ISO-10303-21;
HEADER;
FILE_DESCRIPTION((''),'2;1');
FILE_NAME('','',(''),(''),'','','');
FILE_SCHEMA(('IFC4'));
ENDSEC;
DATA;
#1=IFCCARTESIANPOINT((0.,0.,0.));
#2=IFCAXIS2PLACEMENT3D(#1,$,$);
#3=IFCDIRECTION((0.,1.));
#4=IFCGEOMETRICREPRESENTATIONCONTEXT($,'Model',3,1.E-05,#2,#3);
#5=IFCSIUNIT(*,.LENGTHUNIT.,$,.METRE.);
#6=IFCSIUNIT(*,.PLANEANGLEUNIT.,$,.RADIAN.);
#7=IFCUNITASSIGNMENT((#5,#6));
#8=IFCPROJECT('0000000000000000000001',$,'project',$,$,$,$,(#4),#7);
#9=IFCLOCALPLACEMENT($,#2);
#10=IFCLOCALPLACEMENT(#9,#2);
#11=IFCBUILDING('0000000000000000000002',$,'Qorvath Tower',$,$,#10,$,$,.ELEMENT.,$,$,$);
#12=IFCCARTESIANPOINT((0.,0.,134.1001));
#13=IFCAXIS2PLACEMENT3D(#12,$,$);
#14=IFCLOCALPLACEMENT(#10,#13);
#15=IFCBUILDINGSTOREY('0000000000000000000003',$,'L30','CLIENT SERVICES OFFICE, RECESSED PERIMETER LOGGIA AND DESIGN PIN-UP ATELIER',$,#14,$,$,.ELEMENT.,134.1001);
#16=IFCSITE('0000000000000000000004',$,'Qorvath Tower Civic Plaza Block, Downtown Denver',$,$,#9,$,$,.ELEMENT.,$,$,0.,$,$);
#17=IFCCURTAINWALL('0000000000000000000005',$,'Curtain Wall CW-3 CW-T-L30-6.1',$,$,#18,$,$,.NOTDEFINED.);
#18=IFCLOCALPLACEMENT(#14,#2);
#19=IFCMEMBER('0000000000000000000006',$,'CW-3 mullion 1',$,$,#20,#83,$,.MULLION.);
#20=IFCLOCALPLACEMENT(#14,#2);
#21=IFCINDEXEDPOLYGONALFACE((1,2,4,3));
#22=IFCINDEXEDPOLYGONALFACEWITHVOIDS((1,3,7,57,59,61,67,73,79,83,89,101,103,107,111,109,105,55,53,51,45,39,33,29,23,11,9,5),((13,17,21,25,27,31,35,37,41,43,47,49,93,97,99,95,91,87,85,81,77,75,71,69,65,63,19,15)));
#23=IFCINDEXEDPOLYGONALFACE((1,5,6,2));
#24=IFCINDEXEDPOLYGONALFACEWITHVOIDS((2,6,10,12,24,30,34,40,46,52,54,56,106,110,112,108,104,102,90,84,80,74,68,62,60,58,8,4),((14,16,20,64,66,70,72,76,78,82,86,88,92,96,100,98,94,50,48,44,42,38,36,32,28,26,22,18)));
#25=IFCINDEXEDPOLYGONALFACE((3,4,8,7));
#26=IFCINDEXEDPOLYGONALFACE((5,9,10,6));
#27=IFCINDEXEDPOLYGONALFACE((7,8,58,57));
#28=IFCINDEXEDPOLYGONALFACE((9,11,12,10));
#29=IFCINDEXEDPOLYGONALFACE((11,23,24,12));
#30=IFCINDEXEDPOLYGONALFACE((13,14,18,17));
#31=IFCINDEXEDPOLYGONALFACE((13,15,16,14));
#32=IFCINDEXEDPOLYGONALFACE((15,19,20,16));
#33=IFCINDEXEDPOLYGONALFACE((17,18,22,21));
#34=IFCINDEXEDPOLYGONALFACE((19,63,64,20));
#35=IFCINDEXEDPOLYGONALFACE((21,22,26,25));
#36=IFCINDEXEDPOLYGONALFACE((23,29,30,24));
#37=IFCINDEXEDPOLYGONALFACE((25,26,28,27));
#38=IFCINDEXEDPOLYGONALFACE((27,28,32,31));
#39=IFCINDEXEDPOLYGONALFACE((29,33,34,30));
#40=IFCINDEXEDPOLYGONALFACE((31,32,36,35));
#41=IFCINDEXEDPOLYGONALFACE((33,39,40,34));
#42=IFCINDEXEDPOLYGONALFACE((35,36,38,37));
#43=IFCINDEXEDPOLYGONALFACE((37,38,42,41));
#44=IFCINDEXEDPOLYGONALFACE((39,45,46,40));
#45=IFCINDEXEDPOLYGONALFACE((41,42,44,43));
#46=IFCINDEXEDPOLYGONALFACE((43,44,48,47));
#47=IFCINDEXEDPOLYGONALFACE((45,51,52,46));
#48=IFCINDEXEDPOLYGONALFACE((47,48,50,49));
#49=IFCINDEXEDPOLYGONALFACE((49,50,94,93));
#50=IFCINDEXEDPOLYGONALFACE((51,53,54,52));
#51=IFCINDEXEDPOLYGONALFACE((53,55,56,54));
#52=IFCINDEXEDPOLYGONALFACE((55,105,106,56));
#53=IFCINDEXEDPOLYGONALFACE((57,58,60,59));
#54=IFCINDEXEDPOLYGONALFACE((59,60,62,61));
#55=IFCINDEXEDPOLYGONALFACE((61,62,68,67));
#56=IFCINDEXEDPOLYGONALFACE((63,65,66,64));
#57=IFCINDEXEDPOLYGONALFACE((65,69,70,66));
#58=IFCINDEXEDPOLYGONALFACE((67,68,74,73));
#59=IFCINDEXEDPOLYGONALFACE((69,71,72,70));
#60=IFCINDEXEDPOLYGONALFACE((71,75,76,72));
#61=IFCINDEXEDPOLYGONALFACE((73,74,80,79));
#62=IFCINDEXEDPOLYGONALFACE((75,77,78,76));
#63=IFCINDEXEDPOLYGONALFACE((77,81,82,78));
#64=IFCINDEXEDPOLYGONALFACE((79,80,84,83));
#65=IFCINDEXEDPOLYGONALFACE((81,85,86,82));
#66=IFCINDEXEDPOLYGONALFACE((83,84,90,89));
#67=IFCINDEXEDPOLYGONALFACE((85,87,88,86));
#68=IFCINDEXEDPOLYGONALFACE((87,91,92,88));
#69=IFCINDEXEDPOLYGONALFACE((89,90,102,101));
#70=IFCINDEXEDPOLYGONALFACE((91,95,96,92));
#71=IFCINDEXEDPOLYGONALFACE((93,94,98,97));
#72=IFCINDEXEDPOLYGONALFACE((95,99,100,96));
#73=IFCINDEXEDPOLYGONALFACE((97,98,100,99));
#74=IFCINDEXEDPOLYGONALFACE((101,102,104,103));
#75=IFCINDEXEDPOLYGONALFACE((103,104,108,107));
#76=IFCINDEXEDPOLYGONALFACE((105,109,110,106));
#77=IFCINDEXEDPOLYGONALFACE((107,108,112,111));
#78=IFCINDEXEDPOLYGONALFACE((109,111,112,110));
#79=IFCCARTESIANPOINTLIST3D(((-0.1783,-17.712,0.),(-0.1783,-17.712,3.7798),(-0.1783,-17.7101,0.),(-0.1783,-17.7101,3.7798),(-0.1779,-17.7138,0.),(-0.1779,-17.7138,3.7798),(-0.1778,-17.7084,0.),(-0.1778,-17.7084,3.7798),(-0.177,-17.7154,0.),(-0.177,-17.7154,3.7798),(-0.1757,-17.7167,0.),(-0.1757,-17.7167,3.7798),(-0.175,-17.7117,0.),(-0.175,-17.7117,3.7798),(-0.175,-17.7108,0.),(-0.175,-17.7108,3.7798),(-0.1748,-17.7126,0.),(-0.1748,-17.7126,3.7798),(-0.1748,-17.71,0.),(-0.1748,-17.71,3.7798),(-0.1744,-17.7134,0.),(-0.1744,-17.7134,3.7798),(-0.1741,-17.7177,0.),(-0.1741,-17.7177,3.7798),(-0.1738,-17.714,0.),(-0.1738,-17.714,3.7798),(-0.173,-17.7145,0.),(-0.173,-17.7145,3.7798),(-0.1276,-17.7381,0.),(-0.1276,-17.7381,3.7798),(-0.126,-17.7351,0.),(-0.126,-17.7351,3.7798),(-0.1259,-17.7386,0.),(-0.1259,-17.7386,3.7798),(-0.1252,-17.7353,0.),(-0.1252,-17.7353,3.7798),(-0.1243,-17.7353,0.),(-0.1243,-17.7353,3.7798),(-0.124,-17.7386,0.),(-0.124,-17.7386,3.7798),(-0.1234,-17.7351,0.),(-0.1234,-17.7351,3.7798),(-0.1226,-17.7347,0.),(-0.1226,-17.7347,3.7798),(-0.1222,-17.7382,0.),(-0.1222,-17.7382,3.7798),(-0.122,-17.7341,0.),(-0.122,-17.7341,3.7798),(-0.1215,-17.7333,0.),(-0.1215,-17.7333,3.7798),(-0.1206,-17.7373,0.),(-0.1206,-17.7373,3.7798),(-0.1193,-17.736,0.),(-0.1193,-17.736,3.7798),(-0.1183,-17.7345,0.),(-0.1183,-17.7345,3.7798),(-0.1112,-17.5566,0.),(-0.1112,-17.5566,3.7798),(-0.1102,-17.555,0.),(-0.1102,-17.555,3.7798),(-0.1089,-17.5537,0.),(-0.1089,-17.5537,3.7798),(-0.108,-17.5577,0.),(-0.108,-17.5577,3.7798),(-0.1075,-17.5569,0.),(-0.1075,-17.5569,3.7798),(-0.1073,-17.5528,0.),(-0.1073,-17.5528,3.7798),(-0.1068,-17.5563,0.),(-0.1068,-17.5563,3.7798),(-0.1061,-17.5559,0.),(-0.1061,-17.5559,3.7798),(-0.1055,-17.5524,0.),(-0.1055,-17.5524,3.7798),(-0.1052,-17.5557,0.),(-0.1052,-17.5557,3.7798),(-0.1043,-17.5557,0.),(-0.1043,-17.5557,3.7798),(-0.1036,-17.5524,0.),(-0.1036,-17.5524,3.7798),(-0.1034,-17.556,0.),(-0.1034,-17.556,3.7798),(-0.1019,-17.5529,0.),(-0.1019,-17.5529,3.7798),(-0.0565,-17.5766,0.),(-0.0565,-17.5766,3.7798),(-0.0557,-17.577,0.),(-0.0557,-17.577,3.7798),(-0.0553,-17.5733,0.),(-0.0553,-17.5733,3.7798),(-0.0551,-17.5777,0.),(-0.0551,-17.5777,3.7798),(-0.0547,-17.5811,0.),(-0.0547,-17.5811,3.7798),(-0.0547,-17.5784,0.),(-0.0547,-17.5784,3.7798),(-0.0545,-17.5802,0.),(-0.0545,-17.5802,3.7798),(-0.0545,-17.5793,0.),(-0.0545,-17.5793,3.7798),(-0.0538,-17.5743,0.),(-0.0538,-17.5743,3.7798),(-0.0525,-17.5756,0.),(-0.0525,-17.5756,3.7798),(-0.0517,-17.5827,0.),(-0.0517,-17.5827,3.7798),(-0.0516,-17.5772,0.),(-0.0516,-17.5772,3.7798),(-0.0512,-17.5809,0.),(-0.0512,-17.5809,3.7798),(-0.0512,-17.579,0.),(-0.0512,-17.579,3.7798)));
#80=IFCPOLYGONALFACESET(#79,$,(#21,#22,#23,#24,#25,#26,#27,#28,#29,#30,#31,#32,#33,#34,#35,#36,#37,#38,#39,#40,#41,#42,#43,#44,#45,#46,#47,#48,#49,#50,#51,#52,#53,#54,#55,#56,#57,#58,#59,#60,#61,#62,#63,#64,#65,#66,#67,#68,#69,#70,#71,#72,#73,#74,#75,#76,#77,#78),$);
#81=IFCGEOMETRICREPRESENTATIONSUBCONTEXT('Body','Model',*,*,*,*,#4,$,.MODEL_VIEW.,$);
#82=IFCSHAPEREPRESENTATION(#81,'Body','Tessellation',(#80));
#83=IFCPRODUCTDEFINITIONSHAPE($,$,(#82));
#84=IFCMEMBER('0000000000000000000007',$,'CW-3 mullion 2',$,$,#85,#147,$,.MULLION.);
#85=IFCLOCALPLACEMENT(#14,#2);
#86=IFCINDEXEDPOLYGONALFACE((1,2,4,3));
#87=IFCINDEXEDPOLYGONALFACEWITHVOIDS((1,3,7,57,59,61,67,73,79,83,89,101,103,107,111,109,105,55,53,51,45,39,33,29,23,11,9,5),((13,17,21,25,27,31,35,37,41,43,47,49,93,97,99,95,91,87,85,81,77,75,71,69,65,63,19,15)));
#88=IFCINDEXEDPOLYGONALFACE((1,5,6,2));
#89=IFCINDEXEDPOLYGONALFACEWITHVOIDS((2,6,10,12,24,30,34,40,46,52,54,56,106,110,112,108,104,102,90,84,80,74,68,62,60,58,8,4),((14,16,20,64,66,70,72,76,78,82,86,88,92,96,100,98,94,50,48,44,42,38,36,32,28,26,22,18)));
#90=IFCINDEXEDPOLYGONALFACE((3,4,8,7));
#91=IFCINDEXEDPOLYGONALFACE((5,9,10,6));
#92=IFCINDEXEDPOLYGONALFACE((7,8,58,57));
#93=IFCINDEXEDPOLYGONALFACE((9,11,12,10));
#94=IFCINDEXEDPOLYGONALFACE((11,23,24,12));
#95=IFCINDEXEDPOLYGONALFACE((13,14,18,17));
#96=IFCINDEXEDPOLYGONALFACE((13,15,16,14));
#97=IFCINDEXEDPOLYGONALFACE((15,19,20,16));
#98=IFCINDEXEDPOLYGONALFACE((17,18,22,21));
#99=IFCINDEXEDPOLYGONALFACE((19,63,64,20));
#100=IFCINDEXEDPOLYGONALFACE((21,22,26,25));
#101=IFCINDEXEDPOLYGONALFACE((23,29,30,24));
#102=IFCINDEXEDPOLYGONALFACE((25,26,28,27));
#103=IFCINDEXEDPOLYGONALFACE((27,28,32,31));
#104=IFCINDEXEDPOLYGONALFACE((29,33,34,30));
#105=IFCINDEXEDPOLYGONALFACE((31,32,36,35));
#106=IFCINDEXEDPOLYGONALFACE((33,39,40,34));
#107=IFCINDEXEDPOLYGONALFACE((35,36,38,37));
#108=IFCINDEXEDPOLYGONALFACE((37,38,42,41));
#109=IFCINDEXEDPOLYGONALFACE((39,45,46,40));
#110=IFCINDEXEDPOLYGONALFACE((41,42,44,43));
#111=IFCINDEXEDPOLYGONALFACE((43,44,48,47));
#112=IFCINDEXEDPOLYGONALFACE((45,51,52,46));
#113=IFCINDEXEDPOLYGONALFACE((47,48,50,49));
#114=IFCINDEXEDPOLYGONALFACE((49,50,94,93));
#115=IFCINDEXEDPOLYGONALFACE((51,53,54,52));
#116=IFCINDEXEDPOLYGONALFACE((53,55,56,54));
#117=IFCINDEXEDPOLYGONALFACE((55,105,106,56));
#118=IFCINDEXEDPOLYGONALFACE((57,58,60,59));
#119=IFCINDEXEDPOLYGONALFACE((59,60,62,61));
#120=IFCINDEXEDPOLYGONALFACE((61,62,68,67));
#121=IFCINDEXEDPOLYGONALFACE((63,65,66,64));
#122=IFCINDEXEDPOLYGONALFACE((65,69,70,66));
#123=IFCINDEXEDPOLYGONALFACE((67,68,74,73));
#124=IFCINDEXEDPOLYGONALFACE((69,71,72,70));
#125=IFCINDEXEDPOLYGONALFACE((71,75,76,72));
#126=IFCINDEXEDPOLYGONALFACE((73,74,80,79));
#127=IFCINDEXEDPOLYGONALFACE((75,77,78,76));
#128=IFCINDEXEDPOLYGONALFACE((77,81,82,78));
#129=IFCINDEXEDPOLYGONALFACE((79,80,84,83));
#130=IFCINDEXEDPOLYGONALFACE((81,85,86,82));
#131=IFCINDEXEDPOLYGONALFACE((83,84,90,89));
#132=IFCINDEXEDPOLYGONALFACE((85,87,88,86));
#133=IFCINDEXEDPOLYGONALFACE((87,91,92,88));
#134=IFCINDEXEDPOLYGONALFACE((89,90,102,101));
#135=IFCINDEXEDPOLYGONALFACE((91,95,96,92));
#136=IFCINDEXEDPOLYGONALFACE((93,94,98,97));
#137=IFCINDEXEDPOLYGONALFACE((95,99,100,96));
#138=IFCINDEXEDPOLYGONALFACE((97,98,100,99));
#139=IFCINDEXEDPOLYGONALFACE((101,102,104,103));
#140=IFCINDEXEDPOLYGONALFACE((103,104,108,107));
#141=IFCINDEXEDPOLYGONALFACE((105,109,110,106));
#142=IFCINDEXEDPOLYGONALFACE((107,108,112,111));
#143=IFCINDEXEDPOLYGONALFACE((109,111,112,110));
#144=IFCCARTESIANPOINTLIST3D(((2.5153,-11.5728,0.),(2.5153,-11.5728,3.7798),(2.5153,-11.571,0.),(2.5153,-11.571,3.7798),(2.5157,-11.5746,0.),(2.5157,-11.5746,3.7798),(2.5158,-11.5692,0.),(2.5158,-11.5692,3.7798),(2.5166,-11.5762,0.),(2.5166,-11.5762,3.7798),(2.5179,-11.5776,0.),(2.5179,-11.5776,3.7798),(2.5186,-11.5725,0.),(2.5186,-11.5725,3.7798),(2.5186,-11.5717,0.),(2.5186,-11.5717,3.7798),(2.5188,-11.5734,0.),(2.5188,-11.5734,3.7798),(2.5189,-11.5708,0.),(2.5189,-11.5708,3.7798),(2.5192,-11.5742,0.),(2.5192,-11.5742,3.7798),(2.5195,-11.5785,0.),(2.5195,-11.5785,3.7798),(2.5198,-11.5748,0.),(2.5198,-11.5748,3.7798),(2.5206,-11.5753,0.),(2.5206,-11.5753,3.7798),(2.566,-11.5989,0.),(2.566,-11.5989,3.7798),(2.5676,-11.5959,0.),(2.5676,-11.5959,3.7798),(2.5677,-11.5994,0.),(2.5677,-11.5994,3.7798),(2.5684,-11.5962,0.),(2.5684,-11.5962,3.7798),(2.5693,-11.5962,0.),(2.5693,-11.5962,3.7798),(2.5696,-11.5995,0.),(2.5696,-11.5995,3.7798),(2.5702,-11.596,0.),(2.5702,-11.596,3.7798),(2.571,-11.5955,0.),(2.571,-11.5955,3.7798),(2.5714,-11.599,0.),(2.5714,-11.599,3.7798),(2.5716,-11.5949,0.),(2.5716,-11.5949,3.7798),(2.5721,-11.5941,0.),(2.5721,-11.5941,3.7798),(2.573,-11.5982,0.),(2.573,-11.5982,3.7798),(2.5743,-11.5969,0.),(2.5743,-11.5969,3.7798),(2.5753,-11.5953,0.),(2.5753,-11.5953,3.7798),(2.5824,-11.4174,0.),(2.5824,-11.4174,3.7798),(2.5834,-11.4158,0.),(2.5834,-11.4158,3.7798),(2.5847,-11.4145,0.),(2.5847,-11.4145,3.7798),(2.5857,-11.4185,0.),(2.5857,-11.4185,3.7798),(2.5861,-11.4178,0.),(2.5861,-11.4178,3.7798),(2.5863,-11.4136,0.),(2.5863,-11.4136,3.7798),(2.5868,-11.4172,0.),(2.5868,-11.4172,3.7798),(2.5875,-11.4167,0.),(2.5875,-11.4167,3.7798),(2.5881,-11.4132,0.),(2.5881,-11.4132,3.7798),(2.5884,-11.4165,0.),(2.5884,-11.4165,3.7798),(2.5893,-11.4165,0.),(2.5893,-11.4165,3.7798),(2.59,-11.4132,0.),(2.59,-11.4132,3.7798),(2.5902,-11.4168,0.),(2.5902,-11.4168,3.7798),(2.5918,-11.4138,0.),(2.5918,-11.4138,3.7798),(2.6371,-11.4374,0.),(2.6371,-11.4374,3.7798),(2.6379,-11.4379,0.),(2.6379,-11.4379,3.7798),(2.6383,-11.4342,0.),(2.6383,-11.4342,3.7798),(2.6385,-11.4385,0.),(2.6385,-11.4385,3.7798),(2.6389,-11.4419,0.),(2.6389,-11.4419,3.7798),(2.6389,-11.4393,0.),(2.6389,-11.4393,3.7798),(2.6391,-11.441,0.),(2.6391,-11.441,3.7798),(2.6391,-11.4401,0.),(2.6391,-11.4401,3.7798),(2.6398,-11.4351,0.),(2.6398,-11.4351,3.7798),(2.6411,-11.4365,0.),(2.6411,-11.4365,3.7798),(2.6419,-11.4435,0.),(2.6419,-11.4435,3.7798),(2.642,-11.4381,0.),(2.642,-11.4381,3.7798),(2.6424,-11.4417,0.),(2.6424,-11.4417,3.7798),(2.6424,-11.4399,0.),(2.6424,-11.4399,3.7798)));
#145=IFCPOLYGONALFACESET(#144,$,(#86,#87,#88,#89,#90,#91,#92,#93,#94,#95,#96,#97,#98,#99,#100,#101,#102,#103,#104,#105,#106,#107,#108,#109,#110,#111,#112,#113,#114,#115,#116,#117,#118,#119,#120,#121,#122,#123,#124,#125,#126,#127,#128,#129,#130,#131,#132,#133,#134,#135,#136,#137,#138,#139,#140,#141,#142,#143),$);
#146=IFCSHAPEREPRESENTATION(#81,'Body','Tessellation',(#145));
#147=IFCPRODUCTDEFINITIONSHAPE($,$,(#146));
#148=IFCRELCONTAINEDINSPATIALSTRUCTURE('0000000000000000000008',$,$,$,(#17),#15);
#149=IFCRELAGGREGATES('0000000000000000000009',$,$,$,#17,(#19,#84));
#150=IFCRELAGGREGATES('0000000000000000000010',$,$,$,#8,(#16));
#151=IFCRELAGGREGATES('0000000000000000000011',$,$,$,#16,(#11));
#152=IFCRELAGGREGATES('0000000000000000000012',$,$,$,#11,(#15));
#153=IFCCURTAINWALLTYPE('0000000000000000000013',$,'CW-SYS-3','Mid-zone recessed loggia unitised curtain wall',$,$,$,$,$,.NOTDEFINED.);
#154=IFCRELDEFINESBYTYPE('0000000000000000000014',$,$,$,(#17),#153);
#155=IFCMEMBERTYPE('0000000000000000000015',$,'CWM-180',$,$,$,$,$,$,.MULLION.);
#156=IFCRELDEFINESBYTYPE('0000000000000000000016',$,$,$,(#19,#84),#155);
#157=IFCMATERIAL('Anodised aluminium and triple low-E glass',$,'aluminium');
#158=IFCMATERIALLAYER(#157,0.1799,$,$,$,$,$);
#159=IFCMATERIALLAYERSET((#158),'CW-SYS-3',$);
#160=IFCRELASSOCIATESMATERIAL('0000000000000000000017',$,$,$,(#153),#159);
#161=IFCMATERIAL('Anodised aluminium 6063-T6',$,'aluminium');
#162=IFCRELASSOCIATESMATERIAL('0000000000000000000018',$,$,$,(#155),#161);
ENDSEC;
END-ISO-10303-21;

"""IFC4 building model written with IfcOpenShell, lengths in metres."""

from ifc_helpers import new_model, si_unit, direction, frame, origin, origin_2d, place, context, subcontext, project, spatial, hollow_rectangle, extrude, material, layer, layer_set, material_profile, profile_set, type_object, element, aggregate, save


model = new_model("IFC4")

# Units and contexts
model_context = context("Model", 3, precision=1e-05, world=origin(), true_north=direction((0.0, 1.0)))
body_context = subcontext(model_context, "Body", "Model", "MODEL_VIEW")
ifc_project = project(units=[si_unit("LENGTHUNIT", "METRE"), si_unit("PLANEANGLEUNIT", "RADIAN")], contexts=[model_context])

# Site, building, storey
site_placement = place(None, origin())
site = spatial("IfcSite", under=ifc_project, at=site_placement, Name="Qorvath Tower Civic Plaza Block, Downtown Denver", CompositionType="ELEMENT", RefElevation=0.0)
building_placement = place(site_placement, origin())
building = spatial("IfcBuilding", under=site, at=building_placement, Name="Qorvath Tower", CompositionType="ELEMENT")
storey_placement = place(building_placement, frame((0.0, 0.0, 134.1001)))
storey = spatial("IfcBuildingStorey", under=building, at=storey_placement, Name="L30", Description="CLIENT SERVICES OFFICE, RECESSED PERIMETER LOGGIA AND DESIGN PIN-UP ATELIER", CompositionType="ELEMENT", Elevation=134.1001)

# Curtain wall, members
ifc_material_1 = material(Name="Anodised aluminium and triple low-E glass", Category="aluminium")
ifc_layer_1 = layer(ifc_material_1, 0.1799)
ifc_layer_set_1 = layer_set([ifc_layer_1], Name="CW-SYS-3")
curtain_wall_type = type_object("IfcCurtainWallType", Name="CW-SYS-3", Description="Mid-zone recessed loggia unitised curtain wall", PredefinedType="NOTDEFINED", material=ifc_layer_set_1)
ifc_material_2 = material(Name="Anodised aluminium 6063-T6", Category="aluminium")
ifc_material_profile_1 = material_profile(ifc_material_2, hollow_rectangle(XDim=0.0649, YDim=0.1799, WallThickness=0.0034, InnerFilletRadius=0.0034, OuterFilletRadius=0.0071, at=origin_2d()), Name="CWM 180x65")
ifc_profile_set_1 = profile_set([ifc_material_profile_1], Name="Anodised aluminium 6063-T6")
member_type_1 = type_object("IfcMemberType", Name="CWM-180", PredefinedType="MULLION", material=ifc_profile_set_1)
curtain_wall_1_placement = place(storey_placement, origin())
curtain_wall_1 = element("IfcCurtainWall", 1, at=curtain_wall_1_placement, inside=storey, type_object=curtain_wall_type, Name="Curtain Wall CW-3 CW-T-L30-6.1", PredefinedType="NOTDEFINED")
member_1_placement = place(storey_placement, frame((-0.1147, -17.6455, 0.0), z_axis=(0.0, 0.0, 1.0), x_axis=(-0.915735, 0.401782, 0.0)))
member_1 = element("IfcMember", 2, at=member_1_placement, type_object=member_type_1, Name="CW-3 mullion 1", PredefinedType="MULLION", context=body_context, shape_type="SweptSolid", body=[
    extrude(hollow_rectangle(XDim=0.0649, YDim=0.1799, WallThickness=0.0034, InnerFilletRadius=0.0034, OuterFilletRadius=0.0071, at=origin_2d()), origin(), (0.0, 0.0, 1.0), 3.7798),
])
member_2_placement = place(storey_placement, frame((2.5789, -11.5063, 0.0), z_axis=(0.0, 0.0, 1.0), x_axis=(-0.915735, 0.401782, 0.0)))
member_2 = element("IfcMember", 3, at=member_2_placement, type_object=member_type_1, Name="CW-3 mullion 2", PredefinedType="MULLION", context=body_context, shape_type="SweptSolid", body=[
    extrude(hollow_rectangle(XDim=0.0649, YDim=0.1799, WallThickness=0.0034, InnerFilletRadius=0.0034, OuterFilletRadius=0.0071, at=origin_2d()), origin(), (0.0, 0.0, 1.0), 3.7798),
])

aggregate(curtain_wall_1, [member_1, member_2])

save(model, "model.ifc")
